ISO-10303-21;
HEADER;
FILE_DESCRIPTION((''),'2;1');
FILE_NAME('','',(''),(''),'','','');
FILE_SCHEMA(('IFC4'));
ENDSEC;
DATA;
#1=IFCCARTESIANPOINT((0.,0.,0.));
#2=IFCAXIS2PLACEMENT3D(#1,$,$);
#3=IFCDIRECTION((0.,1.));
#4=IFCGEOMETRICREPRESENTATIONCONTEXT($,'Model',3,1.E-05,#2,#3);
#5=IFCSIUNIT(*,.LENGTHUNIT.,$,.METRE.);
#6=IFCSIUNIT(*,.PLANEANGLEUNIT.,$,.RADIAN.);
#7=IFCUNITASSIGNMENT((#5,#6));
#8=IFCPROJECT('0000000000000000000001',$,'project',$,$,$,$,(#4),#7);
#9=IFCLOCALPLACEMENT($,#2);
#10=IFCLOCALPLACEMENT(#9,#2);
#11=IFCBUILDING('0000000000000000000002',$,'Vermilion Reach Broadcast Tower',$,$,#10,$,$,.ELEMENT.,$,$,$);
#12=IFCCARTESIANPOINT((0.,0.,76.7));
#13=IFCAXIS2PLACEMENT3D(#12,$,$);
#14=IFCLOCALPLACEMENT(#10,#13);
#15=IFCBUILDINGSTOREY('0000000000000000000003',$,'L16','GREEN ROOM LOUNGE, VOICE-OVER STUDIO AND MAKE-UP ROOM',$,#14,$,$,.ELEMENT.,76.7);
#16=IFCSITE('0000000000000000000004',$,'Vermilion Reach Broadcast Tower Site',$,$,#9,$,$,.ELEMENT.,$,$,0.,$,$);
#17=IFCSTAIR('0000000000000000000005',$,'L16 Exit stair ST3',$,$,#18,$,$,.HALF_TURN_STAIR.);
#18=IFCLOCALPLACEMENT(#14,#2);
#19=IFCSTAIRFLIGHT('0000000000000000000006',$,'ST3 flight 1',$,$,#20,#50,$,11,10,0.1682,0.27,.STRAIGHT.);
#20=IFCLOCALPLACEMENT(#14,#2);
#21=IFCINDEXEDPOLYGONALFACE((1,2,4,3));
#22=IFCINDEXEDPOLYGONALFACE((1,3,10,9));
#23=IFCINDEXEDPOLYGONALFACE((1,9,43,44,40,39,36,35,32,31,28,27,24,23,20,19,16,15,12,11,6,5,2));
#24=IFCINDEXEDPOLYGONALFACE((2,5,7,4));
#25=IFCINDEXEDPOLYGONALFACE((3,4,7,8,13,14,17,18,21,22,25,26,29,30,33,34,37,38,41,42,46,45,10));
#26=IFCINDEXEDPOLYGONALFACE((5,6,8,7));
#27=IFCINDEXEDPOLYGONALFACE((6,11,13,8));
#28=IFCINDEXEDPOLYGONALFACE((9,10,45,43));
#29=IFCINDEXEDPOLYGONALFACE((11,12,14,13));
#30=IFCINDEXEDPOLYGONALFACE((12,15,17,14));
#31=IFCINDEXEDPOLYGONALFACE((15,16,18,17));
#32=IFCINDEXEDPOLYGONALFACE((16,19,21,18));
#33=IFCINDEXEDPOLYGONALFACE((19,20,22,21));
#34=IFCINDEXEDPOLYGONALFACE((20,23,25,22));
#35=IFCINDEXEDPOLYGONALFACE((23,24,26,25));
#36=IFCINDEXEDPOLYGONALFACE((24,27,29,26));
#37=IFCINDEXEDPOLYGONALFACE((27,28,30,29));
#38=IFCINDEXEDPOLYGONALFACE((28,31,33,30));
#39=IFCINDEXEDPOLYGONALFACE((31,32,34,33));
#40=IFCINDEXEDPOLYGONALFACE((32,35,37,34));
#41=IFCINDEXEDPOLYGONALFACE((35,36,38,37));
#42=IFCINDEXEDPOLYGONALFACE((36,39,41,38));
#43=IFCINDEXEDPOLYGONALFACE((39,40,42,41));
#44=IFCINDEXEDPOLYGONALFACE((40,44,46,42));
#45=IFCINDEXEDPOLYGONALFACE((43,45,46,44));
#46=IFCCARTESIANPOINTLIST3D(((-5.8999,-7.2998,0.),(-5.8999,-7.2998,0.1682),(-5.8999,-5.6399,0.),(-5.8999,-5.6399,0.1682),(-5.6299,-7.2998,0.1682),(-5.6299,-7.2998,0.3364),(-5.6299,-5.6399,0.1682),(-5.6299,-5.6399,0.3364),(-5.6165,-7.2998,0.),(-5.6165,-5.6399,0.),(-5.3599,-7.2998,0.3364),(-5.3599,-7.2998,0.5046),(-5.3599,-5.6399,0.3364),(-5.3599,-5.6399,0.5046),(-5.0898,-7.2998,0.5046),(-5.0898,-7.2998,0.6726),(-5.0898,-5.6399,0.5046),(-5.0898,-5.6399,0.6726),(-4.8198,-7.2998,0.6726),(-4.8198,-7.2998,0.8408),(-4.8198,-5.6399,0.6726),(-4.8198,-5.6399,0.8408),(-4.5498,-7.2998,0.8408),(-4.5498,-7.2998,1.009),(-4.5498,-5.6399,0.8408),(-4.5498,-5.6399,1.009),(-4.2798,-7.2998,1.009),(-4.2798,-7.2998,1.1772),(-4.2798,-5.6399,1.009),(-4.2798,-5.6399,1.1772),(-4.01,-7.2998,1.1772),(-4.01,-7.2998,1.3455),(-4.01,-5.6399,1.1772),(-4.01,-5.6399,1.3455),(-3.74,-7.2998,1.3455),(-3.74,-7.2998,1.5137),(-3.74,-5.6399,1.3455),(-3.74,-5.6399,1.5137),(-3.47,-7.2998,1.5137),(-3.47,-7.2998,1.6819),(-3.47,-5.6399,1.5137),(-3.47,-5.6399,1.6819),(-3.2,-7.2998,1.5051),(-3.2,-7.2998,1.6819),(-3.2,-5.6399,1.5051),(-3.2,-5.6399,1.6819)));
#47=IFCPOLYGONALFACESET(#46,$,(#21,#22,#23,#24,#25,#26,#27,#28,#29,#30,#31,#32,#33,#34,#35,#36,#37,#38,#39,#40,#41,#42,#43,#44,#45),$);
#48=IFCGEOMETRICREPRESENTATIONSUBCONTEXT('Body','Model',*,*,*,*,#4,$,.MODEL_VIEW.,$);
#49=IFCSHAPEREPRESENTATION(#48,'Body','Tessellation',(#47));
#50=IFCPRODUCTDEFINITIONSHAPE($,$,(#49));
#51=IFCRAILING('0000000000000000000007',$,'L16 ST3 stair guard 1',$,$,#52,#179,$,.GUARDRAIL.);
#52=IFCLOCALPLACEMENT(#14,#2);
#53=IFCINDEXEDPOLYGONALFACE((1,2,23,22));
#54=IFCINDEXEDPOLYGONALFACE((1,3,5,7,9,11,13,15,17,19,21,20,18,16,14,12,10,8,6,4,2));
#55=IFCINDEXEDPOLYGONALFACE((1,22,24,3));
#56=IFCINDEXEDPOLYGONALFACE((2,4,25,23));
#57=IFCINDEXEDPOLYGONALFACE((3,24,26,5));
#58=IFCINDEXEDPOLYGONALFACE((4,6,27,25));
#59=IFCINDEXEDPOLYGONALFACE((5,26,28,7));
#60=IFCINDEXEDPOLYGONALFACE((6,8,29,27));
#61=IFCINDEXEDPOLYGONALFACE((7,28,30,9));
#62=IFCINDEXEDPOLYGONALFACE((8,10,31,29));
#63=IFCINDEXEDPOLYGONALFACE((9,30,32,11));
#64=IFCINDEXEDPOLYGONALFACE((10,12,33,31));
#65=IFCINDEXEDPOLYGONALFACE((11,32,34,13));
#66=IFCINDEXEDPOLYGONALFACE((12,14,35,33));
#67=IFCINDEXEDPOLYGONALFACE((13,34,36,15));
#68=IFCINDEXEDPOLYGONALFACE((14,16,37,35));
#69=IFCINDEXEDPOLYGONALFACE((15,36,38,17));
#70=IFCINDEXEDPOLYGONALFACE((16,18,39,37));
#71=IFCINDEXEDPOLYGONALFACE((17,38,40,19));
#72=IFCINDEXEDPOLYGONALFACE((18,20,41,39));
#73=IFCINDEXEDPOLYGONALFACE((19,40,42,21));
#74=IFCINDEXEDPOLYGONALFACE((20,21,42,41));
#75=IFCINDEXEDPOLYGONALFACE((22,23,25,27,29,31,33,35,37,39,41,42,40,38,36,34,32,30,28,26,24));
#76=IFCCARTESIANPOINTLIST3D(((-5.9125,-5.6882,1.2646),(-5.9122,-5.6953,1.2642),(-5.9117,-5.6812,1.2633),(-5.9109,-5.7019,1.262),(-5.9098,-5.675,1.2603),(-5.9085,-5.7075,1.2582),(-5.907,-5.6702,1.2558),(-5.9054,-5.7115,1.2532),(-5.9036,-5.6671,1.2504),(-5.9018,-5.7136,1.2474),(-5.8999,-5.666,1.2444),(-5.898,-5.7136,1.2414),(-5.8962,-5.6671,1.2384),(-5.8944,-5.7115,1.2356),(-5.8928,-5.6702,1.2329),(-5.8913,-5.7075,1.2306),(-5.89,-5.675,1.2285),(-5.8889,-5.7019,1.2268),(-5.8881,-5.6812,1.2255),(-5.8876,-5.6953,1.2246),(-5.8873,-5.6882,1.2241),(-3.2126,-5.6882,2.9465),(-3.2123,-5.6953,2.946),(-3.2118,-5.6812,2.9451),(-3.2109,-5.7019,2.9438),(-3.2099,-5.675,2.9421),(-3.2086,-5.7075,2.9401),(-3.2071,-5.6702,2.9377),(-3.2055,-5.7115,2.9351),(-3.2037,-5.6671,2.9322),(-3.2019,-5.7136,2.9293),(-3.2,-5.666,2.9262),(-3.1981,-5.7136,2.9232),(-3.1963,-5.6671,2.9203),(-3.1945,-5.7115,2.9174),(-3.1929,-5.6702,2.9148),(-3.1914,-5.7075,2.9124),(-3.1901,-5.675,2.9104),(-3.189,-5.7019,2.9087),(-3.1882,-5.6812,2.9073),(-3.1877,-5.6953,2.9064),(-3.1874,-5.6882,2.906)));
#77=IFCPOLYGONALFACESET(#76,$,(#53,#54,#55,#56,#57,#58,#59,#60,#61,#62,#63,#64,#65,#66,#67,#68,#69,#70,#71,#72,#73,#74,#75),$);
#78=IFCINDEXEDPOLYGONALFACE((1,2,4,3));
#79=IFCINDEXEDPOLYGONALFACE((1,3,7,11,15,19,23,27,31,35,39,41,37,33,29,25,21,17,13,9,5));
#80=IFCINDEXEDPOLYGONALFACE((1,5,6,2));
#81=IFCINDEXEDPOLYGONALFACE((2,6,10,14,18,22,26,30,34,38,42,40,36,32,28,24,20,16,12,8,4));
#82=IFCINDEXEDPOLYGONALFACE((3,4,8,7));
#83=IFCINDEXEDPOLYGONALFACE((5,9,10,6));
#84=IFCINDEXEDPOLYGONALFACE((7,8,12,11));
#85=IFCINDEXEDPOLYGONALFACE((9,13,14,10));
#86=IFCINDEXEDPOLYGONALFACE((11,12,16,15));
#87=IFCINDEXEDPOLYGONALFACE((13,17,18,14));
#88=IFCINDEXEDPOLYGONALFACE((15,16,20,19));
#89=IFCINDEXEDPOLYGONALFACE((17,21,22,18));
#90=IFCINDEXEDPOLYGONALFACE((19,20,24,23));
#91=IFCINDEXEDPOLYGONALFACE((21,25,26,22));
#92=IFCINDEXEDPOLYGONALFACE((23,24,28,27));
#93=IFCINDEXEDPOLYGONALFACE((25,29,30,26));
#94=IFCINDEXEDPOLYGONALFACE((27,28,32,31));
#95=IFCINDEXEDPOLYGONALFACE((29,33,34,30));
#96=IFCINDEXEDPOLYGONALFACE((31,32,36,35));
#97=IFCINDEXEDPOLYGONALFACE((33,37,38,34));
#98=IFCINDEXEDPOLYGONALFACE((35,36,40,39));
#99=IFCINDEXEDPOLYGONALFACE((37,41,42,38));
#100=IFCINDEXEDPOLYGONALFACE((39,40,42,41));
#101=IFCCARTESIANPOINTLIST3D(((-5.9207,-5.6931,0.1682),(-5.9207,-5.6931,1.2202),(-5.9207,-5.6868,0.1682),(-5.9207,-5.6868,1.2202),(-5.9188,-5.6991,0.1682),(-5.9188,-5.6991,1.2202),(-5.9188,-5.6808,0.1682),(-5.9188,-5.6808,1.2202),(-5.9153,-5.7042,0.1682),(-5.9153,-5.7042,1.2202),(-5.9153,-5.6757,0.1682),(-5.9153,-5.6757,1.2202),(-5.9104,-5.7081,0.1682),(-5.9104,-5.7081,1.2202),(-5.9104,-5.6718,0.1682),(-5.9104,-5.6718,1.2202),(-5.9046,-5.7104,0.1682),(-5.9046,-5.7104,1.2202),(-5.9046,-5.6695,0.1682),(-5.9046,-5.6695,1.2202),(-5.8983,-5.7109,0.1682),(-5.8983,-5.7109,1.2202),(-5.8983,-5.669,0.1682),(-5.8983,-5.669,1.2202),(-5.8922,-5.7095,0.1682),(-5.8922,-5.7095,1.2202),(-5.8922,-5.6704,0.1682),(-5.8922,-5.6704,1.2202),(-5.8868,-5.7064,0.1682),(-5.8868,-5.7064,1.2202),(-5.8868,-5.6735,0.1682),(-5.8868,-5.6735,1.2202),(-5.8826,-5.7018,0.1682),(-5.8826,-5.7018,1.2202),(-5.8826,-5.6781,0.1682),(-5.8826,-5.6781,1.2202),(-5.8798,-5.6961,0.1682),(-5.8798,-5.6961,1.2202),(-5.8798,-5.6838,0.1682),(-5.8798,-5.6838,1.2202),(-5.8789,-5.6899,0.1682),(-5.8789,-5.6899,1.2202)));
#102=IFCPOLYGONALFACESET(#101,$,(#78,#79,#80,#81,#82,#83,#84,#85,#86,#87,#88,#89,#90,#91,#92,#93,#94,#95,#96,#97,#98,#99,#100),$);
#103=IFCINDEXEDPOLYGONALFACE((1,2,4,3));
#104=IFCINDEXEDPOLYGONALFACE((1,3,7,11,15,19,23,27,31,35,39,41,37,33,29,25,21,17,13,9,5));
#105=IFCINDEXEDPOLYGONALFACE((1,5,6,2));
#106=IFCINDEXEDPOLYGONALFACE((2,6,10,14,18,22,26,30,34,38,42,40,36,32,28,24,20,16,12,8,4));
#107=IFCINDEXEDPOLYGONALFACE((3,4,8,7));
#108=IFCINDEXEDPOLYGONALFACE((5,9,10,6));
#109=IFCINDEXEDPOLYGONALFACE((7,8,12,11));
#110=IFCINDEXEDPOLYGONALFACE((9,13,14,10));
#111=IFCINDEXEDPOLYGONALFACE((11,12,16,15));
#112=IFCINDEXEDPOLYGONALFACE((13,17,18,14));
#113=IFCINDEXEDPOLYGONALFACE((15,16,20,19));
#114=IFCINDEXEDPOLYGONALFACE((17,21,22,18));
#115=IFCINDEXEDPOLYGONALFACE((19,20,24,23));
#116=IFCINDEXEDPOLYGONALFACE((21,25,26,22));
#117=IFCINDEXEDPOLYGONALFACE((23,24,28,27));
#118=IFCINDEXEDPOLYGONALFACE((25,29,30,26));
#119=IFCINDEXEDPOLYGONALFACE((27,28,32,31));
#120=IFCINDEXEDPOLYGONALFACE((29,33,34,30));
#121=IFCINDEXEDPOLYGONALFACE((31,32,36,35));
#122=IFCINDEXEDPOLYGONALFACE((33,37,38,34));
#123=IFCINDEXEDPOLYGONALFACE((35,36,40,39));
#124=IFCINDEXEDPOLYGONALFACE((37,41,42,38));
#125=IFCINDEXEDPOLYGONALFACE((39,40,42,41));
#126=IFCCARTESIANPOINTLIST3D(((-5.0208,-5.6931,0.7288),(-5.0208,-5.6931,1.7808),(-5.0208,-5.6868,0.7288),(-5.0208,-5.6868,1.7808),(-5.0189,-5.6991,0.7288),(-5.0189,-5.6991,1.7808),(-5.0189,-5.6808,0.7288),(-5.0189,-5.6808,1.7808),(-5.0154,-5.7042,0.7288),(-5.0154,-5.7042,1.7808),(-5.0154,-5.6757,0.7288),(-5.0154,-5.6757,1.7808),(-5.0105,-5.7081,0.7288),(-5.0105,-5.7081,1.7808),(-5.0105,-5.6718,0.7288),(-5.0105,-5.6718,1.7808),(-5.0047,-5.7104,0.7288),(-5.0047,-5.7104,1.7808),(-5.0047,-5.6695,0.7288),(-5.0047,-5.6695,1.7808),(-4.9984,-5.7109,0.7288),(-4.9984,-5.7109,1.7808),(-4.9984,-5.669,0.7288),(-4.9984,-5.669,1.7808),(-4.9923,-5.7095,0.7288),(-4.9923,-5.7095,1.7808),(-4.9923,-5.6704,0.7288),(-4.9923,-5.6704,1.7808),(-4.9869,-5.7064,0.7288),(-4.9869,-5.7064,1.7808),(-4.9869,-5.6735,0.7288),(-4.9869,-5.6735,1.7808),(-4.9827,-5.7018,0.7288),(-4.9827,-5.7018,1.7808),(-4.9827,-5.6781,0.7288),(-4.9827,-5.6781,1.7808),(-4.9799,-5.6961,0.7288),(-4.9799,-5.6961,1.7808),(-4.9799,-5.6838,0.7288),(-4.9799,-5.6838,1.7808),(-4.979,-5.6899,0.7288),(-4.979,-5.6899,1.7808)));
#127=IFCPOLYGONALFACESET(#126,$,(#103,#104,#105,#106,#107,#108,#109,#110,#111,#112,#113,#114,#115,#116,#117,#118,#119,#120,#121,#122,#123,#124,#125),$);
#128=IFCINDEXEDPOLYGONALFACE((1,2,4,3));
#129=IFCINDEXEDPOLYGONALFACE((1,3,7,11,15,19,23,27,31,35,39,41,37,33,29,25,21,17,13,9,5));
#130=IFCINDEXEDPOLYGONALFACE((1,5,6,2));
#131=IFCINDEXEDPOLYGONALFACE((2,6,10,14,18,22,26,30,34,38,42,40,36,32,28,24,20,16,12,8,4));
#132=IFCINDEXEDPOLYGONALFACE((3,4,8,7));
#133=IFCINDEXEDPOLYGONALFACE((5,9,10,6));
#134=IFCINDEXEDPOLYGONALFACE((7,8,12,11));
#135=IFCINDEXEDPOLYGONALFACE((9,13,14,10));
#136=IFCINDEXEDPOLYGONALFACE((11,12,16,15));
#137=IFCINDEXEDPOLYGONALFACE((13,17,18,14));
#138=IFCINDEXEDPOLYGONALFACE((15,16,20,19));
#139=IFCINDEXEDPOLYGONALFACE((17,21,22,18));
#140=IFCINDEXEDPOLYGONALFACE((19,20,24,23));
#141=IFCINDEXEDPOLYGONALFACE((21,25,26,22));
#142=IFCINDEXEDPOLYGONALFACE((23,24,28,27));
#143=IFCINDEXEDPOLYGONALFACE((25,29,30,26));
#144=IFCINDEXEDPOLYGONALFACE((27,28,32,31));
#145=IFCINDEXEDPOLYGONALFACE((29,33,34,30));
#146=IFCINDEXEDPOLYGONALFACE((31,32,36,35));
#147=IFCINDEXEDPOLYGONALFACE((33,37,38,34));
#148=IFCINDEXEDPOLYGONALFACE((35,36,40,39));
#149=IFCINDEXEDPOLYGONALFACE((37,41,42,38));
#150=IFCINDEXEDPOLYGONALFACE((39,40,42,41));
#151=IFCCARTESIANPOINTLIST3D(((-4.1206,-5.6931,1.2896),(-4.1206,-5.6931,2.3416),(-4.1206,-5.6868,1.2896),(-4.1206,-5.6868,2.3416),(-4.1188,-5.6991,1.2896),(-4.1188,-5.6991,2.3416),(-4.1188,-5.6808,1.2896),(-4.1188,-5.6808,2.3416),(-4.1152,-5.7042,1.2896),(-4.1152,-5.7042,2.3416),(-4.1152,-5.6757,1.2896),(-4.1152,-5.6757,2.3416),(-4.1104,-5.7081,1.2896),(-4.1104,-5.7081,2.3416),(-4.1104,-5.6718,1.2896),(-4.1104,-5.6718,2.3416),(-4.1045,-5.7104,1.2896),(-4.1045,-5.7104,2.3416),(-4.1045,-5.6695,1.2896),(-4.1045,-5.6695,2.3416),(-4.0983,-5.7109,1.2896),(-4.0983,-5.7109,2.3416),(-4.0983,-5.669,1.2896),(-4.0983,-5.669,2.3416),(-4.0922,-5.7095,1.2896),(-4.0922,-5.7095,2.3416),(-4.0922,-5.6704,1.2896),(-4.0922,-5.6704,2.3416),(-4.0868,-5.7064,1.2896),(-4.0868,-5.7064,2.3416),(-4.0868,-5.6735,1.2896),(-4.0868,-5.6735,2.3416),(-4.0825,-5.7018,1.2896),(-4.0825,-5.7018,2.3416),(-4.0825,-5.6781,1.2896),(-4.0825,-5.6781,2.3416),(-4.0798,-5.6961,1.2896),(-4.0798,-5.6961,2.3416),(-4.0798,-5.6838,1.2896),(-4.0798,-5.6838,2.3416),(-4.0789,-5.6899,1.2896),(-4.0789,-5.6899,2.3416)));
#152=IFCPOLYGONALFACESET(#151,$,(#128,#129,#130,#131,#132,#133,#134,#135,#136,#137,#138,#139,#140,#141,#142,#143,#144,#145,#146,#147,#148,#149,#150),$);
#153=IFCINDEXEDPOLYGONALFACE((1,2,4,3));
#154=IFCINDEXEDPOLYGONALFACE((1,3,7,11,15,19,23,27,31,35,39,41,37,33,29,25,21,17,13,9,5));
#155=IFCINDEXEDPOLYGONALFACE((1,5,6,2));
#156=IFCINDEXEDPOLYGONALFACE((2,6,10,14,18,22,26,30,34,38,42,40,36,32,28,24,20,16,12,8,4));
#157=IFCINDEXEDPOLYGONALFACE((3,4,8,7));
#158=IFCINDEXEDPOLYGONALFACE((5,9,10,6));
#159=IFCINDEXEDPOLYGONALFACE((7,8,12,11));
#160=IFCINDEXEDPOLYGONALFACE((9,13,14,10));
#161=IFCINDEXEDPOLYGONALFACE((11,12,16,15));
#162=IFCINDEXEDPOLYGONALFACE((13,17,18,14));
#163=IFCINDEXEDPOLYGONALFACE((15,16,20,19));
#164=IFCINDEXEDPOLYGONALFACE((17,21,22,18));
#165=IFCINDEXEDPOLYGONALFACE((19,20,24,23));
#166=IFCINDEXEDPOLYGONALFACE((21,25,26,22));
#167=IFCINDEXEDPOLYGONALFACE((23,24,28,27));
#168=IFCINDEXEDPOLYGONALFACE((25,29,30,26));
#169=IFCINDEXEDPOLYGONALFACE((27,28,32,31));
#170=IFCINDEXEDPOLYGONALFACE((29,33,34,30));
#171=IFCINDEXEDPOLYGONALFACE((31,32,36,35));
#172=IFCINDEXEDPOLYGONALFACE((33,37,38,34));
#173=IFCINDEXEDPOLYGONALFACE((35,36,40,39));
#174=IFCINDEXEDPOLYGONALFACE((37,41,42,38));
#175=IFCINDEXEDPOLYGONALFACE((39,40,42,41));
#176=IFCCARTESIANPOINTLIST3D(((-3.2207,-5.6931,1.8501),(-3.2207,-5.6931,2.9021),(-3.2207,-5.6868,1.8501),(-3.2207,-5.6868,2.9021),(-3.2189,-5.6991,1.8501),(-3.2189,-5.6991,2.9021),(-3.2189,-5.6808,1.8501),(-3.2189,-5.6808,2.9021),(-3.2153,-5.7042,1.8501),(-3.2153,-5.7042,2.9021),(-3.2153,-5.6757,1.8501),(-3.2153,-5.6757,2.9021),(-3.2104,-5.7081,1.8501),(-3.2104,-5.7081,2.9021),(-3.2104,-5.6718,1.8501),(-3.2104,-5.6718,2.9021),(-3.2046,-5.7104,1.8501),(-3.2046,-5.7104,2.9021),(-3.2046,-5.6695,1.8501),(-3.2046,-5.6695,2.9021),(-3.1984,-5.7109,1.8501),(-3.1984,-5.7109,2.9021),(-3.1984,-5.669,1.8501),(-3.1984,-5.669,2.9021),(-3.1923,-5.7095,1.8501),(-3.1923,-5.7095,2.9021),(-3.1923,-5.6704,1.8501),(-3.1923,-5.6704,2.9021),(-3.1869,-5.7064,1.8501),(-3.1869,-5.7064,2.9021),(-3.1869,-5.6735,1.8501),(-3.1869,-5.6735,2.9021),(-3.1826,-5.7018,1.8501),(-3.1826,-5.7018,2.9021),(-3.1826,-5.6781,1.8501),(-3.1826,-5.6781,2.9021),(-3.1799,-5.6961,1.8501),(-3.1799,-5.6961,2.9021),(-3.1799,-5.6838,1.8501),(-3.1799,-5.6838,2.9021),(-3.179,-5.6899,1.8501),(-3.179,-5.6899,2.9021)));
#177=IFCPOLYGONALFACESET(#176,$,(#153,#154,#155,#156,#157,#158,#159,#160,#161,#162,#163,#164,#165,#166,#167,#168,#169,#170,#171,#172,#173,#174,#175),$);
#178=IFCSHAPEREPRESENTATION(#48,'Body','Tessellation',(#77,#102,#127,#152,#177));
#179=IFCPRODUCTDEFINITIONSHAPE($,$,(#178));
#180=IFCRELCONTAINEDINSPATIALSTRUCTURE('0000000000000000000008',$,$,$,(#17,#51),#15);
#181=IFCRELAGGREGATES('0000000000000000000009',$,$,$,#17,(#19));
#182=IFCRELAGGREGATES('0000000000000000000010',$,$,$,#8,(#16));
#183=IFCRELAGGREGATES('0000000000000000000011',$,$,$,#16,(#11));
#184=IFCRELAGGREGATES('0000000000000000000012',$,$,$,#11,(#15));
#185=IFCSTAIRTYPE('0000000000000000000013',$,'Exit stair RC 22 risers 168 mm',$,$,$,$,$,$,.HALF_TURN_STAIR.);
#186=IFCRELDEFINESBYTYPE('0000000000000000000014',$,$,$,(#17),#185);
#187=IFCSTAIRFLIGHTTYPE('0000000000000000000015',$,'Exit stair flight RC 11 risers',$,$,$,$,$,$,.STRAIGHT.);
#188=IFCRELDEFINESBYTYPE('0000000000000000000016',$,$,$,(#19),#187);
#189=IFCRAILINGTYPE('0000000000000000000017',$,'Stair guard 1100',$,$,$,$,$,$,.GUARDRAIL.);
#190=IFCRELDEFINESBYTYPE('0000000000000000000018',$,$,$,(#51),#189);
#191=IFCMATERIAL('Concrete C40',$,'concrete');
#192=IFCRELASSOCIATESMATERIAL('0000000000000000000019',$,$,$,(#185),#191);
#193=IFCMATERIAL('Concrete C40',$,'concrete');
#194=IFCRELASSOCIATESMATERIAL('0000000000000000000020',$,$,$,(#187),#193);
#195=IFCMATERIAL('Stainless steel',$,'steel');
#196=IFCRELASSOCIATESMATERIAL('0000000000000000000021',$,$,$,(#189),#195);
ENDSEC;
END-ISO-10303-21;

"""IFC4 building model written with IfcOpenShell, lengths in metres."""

from ifc_helpers import new_model, si_unit, direction, frame, origin, origin_2d, place, context, subcontext, project, spatial, polyline, circle, outline, extrude, material, type_object, element, aggregate, save


model = new_model("IFC4")

# Units and contexts
model_context = context("Model", 3, precision=1e-05, world=origin(), true_north=direction((0.0, 1.0)))
body_context = subcontext(model_context, "Body", "Model", "MODEL_VIEW")
ifc_project = project(units=[si_unit("LENGTHUNIT", "METRE"), si_unit("PLANEANGLEUNIT", "RADIAN")], contexts=[model_context])

# Site, building, storey
site_placement = place(None, origin())
site = spatial("IfcSite", under=ifc_project, at=site_placement, Name="Vermilion Reach Broadcast Tower Site", CompositionType="ELEMENT", RefElevation=0.0)
building_placement = place(site_placement, origin())
building = spatial("IfcBuilding", under=site, at=building_placement, Name="Vermilion Reach Broadcast Tower", CompositionType="ELEMENT")
storey_placement = place(building_placement, frame((0.0, 0.0, 76.7)))
storey = spatial("IfcBuildingStorey", under=building, at=storey_placement, Name="L16", Description="GREEN ROOM LOUNGE, VOICE-OVER STUDIO AND MAKE-UP ROOM", CompositionType="ELEMENT", Elevation=76.7)

# Stair, stair flight
ifc_material_1 = material(Name="Concrete C40", Category="concrete")
stair_type = type_object("IfcStairType", Name="Exit stair RC 22 risers 168 mm", PredefinedType="HALF_TURN_STAIR", material=ifc_material_1)
stair_placement = place(storey_placement, origin())
stair = element("IfcStair", 1, at=stair_placement, inside=storey, type_object=stair_type, Name="L16 Exit stair ST3", PredefinedType="HALF_TURN_STAIR")
ifc_material_2 = material(Name="Concrete C40", Category="concrete")
stair_flight_type = type_object("IfcStairFlightType", Name="Exit stair flight RC 11 risers", PredefinedType="STRAIGHT", material=ifc_material_2)
stair_flight_placement = place(storey_placement, frame((-5.8999, -6.47, 0.0), z_axis=(0.0, 0.0, 1.0), x_axis=(1.0, 0.0, 0.0)))
stair_flight = element("IfcStairFlight", 2, at=stair_flight_placement, type_object=stair_flight_type, Name="ST3 flight 1", NumberOfRisers=11, NumberOfTreads=10, PredefinedType="STRAIGHT", RiserHeight=0.1682, TreadLength=0.27, context=body_context, shape_type="SweptSolid", body=[
    extrude(outline(polyline([(0.0, 0.0), (0.0, 0.1682), (0.27, 0.1682), (0.27, 0.3364), (0.54, 0.3364), (0.54, 0.5046), (0.8101, 0.5046), (0.8101, 0.6726), (1.0801, 0.6726), (1.0801, 0.8408), (1.3501, 0.8408), (1.3501, 1.009), (1.6201, 1.009), (1.6201, 1.1772), (1.8899, 1.1772), (1.8899, 1.3455), (2.1599, 1.3455), (2.1599, 1.5137), (2.4299, 1.5137), (2.4299, 1.6819), (2.7, 1.6819), (2.7, 1.8501), (2.7, 1.5051), (0.2834, 0.0), (0.0, 0.0)])), frame((0.0, 0.8301, 0.0), z_axis=(0.0, -1.0, 0.0), x_axis=(1.0, 0.0, 0.0)), (0.0, 0.0, 1.0), 1.6599),
])
aggregate(stair, [stair_flight])

# Railing
ifc_material_3 = material(Name="Stainless steel", Category="steel")
railing_type_1 = type_object("IfcRailingType", Name="Stair guard 1100", PredefinedType="GUARDRAIL", material=ifc_material_3)
railing_1_placement = place(storey_placement, frame((-5.8999, -5.6899, 0.1682)))
element("IfcRailing", 3, at=railing_1_placement, inside=storey, type_object=railing_type_1, Name="L16 ST3 stair guard 1", PredefinedType="GUARDRAIL", context=body_context, shape_type="SweptSolid", body=[
    extrude(circle(Radius=0.0239, at=origin_2d()), frame((0.0, 0.0, 1.0762), z_axis=(0.848786, 0.0, 0.528736), x_axis=(0.0, 1.0, 0.0)), (0.0, 0.0, 1.0), 3.1809),
    extrude(circle(Radius=0.021, at=origin_2d()), origin(), (0.0, 0.0, 1.0), 1.052),
    extrude(circle(Radius=0.021, at=origin_2d()), frame((0.8999, 0.0, 0.5605)), (0.0, 0.0, 1.0), 1.052),
    extrude(circle(Radius=0.021, at=origin_2d()), frame((1.8, 0.0, 1.1213)), (0.0, 0.0, 1.0), 1.052),
    extrude(circle(Radius=0.021, at=origin_2d()), frame((2.7, 0.0, 1.6819)), (0.0, 0.0, 1.0), 1.052),
])

save(model, "model.ifc")
